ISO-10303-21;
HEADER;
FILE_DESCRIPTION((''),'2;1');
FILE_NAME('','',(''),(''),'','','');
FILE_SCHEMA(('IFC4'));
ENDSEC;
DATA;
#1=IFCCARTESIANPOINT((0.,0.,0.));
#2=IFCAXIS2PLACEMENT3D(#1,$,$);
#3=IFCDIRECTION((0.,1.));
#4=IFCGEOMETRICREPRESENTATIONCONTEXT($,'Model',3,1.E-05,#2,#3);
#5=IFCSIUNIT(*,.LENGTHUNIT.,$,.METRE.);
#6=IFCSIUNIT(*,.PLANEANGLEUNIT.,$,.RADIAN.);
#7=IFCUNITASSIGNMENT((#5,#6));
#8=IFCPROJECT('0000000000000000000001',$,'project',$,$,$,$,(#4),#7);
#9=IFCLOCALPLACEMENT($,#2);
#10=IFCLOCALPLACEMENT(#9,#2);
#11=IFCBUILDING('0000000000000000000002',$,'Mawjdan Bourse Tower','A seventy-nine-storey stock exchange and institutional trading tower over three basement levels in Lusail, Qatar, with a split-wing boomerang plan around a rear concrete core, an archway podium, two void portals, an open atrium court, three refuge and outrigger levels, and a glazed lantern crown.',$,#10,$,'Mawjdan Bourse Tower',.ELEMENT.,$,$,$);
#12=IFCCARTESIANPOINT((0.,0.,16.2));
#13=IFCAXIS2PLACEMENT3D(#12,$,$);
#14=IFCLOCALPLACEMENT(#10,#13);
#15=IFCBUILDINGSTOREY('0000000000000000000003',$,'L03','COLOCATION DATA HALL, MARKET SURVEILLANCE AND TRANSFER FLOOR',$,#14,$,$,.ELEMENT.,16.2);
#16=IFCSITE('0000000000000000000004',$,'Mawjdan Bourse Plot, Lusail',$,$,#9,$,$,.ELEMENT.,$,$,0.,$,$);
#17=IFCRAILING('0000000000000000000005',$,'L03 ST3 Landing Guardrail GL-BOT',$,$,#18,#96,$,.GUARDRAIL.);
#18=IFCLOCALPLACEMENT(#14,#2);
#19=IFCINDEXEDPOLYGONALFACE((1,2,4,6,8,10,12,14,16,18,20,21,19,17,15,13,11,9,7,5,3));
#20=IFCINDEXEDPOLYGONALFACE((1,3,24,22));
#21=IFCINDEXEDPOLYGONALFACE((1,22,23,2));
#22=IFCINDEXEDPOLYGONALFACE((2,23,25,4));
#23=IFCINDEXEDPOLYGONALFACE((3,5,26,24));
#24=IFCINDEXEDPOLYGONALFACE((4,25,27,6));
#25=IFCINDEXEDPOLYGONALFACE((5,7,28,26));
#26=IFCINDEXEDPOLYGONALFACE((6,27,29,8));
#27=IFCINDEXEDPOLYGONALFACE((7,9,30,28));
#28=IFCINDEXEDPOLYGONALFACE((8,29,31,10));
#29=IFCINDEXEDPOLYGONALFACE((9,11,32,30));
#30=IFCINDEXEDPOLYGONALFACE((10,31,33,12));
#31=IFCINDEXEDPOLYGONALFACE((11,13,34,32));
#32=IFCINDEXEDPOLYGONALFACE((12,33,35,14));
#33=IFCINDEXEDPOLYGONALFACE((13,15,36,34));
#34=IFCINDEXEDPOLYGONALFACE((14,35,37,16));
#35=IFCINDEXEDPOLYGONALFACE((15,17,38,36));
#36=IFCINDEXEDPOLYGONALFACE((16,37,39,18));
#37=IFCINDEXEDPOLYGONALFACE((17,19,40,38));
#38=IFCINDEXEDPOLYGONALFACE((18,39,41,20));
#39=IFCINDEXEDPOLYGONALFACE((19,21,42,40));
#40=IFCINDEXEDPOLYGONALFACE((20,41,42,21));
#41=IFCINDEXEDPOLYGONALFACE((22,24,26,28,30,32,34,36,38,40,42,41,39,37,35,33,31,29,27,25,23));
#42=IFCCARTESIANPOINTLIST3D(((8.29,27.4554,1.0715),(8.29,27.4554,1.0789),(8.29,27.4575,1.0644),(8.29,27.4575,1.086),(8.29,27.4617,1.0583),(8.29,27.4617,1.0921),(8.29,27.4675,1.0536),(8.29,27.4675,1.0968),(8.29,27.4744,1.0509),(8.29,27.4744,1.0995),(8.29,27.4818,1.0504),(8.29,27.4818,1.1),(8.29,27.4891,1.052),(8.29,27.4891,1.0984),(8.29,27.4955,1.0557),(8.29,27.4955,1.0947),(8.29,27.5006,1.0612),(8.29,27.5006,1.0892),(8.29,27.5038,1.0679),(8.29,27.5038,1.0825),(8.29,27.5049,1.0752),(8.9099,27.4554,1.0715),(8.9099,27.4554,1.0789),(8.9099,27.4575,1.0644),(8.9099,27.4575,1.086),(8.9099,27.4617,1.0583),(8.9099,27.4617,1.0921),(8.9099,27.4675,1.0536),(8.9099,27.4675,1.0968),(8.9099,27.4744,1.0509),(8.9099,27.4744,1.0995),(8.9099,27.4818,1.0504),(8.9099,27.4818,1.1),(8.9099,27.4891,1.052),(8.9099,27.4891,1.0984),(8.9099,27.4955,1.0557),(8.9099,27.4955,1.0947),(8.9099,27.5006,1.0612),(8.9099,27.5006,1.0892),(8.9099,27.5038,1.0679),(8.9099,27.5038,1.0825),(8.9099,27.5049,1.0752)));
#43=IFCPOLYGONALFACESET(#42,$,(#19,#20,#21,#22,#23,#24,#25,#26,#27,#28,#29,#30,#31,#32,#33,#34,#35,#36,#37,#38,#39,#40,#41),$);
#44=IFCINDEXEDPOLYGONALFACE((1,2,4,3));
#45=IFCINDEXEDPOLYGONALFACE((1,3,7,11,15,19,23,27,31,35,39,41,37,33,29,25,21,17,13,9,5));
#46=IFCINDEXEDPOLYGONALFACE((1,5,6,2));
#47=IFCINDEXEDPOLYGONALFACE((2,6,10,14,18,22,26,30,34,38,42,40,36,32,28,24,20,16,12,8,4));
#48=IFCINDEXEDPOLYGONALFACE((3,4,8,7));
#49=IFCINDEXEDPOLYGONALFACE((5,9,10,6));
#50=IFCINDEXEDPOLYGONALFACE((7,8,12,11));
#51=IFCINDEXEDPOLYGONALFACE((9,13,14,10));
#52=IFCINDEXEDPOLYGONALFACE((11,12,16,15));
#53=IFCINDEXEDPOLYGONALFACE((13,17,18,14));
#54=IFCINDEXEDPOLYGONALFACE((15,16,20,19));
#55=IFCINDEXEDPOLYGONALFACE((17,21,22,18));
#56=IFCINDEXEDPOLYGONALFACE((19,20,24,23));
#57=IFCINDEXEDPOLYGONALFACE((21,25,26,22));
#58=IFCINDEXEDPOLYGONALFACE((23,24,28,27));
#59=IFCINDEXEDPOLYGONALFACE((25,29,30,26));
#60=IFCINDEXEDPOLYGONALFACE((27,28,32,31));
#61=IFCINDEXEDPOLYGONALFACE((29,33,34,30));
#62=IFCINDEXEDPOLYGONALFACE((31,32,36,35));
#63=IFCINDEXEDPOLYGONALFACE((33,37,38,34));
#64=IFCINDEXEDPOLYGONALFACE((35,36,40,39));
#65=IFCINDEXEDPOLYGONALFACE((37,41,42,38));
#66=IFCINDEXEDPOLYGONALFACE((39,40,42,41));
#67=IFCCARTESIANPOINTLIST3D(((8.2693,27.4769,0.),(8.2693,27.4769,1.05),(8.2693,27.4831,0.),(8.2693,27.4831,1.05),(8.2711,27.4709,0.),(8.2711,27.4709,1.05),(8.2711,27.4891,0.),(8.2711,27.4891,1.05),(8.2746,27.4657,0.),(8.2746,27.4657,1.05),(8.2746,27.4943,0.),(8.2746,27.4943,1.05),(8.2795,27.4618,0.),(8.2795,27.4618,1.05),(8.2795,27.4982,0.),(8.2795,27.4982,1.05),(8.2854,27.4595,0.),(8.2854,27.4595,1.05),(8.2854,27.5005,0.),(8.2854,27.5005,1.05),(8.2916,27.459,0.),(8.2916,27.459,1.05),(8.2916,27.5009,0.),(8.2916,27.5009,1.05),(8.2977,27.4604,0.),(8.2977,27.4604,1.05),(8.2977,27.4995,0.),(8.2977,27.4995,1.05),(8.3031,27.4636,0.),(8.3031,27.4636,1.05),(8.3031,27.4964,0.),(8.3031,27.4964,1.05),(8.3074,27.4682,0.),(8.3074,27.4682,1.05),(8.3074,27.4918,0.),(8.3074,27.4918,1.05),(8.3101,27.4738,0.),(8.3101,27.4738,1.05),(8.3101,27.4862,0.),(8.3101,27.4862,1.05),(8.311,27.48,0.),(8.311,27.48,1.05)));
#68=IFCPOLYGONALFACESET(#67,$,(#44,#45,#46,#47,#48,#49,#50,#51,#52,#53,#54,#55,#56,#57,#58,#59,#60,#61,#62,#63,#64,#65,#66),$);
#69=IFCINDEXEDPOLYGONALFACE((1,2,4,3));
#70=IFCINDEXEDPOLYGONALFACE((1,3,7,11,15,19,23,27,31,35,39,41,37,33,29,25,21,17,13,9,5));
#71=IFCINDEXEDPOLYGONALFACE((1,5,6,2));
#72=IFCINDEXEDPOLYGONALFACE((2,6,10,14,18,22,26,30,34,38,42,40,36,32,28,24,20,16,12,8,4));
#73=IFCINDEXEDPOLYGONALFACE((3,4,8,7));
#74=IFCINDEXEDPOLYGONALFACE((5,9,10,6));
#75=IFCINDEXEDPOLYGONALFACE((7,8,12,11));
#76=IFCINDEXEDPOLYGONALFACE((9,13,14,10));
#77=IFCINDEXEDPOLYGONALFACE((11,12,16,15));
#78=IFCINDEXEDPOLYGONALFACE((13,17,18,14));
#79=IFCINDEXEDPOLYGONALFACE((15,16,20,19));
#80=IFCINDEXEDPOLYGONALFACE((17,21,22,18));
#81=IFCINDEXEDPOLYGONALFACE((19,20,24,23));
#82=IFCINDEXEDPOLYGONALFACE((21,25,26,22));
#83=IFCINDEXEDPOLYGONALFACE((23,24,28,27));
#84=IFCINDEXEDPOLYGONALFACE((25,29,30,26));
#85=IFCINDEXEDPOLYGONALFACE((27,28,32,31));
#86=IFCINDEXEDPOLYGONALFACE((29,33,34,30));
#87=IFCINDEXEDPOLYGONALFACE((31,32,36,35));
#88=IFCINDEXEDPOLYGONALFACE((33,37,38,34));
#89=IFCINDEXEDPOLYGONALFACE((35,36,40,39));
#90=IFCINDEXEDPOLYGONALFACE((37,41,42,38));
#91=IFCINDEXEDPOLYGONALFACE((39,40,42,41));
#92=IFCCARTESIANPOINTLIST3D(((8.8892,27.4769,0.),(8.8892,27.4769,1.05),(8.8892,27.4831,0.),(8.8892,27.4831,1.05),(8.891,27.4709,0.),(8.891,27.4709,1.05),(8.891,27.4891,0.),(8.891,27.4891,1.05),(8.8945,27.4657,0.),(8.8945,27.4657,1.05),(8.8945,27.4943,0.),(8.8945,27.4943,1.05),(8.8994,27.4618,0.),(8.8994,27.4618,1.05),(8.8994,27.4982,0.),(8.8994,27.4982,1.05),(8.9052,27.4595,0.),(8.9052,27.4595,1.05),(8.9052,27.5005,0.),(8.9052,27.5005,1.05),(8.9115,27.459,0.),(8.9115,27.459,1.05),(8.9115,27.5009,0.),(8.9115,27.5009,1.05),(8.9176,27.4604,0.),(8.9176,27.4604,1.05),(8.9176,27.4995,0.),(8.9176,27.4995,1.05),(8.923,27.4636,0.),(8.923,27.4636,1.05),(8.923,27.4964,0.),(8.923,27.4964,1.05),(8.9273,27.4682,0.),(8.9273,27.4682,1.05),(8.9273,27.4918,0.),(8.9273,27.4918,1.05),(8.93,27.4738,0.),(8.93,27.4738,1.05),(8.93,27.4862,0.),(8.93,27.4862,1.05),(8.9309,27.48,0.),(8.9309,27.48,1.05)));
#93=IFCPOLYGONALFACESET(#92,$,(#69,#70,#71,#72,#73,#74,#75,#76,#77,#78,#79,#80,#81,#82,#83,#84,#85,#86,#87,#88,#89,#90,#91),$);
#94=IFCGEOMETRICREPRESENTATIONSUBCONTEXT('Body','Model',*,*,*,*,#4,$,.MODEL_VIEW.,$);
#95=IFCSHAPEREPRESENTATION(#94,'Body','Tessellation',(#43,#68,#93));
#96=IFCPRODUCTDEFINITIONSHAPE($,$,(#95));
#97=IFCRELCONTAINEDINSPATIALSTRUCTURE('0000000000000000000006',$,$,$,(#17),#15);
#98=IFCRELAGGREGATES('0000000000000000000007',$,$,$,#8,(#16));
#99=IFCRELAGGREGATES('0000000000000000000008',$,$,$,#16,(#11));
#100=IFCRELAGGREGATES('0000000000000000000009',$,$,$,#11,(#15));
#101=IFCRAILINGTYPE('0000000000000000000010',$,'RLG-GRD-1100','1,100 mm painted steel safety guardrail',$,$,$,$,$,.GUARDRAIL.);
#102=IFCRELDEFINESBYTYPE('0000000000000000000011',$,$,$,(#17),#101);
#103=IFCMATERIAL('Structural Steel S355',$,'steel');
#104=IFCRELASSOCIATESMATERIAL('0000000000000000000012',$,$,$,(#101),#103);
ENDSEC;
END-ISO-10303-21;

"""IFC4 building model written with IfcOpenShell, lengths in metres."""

from ifc_helpers import new_model, si_unit, direction, frame, origin, origin_2d, place, context, subcontext, project, spatial, circle, extrude, material, type_object, element, save


model = new_model("IFC4")

# Units and contexts
model_context = context("Model", 3, precision=1e-05, world=origin(), true_north=direction((0.0, 1.0)))
body_context = subcontext(model_context, "Body", "Model", "MODEL_VIEW")
ifc_project = project(units=[si_unit("LENGTHUNIT", "METRE"), si_unit("PLANEANGLEUNIT", "RADIAN")], contexts=[model_context])

# Site, building, storey
site_placement = place(None, origin())
site = spatial("IfcSite", under=ifc_project, at=site_placement, Name="Mawjdan Bourse Plot, Lusail", CompositionType="ELEMENT", RefElevation=0.0)
building_placement = place(site_placement, origin())
building = spatial("IfcBuilding", under=site, at=building_placement, Name="Mawjdan Bourse Tower", Description="A seventy-nine-storey stock exchange and institutional trading tower over three basement levels in Lusail, Qatar, with a split-wing boomerang plan around a rear concrete core, an archway podium, two void portals, an open atrium court, three refuge and outrigger levels, and a glazed lantern crown.", LongName="Mawjdan Bourse Tower", CompositionType="ELEMENT")
storey_placement = place(building_placement, frame((0.0, 0.0, 16.2)))
storey = spatial("IfcBuildingStorey", under=building, at=storey_placement, Name="L03", Description="COLOCATION DATA HALL, MARKET SURVEILLANCE AND TRANSFER FLOOR", CompositionType="ELEMENT", Elevation=16.2)

# Railing
ifc_material_1 = material(Name="Structural Steel S355", Category="steel")
railing_type_1 = type_object("IfcRailingType", Name="RLG-GRD-1100", Description="1,100 mm painted steel safety guardrail", PredefinedType="GUARDRAIL", material=ifc_material_1)
for number, where, name in (
    (1, (8.29, 27.48, 0.0), "L03 ST3 Landing Guardrail GL-BOT"),
):
    element("IfcRailing", number, at=place(storey_placement, frame(where)), inside=storey, type_object=railing_type_1, Name=name, PredefinedType="GUARDRAIL", context=body_context, shape_type="SweptSolid", body=[
        extrude(circle(Radius=0.0249, at=origin_2d()), frame((0.0, 0.0, 1.0752), z_axis=(1.0, 0.0, 0.0), x_axis=(0.0, 1.0, 0.0)), (0.0, 0.0, 1.0), 0.6199),
        extrude(circle(Radius=0.021, at=origin_2d()), origin(), (0.0, 0.0, 1.0), 1.05),
        extrude(circle(Radius=0.021, at=origin_2d()), frame((0.6199, 0.0, 0.0)), (0.0, 0.0, 1.0), 1.05),
    ])

save(model, "model.ifc")
